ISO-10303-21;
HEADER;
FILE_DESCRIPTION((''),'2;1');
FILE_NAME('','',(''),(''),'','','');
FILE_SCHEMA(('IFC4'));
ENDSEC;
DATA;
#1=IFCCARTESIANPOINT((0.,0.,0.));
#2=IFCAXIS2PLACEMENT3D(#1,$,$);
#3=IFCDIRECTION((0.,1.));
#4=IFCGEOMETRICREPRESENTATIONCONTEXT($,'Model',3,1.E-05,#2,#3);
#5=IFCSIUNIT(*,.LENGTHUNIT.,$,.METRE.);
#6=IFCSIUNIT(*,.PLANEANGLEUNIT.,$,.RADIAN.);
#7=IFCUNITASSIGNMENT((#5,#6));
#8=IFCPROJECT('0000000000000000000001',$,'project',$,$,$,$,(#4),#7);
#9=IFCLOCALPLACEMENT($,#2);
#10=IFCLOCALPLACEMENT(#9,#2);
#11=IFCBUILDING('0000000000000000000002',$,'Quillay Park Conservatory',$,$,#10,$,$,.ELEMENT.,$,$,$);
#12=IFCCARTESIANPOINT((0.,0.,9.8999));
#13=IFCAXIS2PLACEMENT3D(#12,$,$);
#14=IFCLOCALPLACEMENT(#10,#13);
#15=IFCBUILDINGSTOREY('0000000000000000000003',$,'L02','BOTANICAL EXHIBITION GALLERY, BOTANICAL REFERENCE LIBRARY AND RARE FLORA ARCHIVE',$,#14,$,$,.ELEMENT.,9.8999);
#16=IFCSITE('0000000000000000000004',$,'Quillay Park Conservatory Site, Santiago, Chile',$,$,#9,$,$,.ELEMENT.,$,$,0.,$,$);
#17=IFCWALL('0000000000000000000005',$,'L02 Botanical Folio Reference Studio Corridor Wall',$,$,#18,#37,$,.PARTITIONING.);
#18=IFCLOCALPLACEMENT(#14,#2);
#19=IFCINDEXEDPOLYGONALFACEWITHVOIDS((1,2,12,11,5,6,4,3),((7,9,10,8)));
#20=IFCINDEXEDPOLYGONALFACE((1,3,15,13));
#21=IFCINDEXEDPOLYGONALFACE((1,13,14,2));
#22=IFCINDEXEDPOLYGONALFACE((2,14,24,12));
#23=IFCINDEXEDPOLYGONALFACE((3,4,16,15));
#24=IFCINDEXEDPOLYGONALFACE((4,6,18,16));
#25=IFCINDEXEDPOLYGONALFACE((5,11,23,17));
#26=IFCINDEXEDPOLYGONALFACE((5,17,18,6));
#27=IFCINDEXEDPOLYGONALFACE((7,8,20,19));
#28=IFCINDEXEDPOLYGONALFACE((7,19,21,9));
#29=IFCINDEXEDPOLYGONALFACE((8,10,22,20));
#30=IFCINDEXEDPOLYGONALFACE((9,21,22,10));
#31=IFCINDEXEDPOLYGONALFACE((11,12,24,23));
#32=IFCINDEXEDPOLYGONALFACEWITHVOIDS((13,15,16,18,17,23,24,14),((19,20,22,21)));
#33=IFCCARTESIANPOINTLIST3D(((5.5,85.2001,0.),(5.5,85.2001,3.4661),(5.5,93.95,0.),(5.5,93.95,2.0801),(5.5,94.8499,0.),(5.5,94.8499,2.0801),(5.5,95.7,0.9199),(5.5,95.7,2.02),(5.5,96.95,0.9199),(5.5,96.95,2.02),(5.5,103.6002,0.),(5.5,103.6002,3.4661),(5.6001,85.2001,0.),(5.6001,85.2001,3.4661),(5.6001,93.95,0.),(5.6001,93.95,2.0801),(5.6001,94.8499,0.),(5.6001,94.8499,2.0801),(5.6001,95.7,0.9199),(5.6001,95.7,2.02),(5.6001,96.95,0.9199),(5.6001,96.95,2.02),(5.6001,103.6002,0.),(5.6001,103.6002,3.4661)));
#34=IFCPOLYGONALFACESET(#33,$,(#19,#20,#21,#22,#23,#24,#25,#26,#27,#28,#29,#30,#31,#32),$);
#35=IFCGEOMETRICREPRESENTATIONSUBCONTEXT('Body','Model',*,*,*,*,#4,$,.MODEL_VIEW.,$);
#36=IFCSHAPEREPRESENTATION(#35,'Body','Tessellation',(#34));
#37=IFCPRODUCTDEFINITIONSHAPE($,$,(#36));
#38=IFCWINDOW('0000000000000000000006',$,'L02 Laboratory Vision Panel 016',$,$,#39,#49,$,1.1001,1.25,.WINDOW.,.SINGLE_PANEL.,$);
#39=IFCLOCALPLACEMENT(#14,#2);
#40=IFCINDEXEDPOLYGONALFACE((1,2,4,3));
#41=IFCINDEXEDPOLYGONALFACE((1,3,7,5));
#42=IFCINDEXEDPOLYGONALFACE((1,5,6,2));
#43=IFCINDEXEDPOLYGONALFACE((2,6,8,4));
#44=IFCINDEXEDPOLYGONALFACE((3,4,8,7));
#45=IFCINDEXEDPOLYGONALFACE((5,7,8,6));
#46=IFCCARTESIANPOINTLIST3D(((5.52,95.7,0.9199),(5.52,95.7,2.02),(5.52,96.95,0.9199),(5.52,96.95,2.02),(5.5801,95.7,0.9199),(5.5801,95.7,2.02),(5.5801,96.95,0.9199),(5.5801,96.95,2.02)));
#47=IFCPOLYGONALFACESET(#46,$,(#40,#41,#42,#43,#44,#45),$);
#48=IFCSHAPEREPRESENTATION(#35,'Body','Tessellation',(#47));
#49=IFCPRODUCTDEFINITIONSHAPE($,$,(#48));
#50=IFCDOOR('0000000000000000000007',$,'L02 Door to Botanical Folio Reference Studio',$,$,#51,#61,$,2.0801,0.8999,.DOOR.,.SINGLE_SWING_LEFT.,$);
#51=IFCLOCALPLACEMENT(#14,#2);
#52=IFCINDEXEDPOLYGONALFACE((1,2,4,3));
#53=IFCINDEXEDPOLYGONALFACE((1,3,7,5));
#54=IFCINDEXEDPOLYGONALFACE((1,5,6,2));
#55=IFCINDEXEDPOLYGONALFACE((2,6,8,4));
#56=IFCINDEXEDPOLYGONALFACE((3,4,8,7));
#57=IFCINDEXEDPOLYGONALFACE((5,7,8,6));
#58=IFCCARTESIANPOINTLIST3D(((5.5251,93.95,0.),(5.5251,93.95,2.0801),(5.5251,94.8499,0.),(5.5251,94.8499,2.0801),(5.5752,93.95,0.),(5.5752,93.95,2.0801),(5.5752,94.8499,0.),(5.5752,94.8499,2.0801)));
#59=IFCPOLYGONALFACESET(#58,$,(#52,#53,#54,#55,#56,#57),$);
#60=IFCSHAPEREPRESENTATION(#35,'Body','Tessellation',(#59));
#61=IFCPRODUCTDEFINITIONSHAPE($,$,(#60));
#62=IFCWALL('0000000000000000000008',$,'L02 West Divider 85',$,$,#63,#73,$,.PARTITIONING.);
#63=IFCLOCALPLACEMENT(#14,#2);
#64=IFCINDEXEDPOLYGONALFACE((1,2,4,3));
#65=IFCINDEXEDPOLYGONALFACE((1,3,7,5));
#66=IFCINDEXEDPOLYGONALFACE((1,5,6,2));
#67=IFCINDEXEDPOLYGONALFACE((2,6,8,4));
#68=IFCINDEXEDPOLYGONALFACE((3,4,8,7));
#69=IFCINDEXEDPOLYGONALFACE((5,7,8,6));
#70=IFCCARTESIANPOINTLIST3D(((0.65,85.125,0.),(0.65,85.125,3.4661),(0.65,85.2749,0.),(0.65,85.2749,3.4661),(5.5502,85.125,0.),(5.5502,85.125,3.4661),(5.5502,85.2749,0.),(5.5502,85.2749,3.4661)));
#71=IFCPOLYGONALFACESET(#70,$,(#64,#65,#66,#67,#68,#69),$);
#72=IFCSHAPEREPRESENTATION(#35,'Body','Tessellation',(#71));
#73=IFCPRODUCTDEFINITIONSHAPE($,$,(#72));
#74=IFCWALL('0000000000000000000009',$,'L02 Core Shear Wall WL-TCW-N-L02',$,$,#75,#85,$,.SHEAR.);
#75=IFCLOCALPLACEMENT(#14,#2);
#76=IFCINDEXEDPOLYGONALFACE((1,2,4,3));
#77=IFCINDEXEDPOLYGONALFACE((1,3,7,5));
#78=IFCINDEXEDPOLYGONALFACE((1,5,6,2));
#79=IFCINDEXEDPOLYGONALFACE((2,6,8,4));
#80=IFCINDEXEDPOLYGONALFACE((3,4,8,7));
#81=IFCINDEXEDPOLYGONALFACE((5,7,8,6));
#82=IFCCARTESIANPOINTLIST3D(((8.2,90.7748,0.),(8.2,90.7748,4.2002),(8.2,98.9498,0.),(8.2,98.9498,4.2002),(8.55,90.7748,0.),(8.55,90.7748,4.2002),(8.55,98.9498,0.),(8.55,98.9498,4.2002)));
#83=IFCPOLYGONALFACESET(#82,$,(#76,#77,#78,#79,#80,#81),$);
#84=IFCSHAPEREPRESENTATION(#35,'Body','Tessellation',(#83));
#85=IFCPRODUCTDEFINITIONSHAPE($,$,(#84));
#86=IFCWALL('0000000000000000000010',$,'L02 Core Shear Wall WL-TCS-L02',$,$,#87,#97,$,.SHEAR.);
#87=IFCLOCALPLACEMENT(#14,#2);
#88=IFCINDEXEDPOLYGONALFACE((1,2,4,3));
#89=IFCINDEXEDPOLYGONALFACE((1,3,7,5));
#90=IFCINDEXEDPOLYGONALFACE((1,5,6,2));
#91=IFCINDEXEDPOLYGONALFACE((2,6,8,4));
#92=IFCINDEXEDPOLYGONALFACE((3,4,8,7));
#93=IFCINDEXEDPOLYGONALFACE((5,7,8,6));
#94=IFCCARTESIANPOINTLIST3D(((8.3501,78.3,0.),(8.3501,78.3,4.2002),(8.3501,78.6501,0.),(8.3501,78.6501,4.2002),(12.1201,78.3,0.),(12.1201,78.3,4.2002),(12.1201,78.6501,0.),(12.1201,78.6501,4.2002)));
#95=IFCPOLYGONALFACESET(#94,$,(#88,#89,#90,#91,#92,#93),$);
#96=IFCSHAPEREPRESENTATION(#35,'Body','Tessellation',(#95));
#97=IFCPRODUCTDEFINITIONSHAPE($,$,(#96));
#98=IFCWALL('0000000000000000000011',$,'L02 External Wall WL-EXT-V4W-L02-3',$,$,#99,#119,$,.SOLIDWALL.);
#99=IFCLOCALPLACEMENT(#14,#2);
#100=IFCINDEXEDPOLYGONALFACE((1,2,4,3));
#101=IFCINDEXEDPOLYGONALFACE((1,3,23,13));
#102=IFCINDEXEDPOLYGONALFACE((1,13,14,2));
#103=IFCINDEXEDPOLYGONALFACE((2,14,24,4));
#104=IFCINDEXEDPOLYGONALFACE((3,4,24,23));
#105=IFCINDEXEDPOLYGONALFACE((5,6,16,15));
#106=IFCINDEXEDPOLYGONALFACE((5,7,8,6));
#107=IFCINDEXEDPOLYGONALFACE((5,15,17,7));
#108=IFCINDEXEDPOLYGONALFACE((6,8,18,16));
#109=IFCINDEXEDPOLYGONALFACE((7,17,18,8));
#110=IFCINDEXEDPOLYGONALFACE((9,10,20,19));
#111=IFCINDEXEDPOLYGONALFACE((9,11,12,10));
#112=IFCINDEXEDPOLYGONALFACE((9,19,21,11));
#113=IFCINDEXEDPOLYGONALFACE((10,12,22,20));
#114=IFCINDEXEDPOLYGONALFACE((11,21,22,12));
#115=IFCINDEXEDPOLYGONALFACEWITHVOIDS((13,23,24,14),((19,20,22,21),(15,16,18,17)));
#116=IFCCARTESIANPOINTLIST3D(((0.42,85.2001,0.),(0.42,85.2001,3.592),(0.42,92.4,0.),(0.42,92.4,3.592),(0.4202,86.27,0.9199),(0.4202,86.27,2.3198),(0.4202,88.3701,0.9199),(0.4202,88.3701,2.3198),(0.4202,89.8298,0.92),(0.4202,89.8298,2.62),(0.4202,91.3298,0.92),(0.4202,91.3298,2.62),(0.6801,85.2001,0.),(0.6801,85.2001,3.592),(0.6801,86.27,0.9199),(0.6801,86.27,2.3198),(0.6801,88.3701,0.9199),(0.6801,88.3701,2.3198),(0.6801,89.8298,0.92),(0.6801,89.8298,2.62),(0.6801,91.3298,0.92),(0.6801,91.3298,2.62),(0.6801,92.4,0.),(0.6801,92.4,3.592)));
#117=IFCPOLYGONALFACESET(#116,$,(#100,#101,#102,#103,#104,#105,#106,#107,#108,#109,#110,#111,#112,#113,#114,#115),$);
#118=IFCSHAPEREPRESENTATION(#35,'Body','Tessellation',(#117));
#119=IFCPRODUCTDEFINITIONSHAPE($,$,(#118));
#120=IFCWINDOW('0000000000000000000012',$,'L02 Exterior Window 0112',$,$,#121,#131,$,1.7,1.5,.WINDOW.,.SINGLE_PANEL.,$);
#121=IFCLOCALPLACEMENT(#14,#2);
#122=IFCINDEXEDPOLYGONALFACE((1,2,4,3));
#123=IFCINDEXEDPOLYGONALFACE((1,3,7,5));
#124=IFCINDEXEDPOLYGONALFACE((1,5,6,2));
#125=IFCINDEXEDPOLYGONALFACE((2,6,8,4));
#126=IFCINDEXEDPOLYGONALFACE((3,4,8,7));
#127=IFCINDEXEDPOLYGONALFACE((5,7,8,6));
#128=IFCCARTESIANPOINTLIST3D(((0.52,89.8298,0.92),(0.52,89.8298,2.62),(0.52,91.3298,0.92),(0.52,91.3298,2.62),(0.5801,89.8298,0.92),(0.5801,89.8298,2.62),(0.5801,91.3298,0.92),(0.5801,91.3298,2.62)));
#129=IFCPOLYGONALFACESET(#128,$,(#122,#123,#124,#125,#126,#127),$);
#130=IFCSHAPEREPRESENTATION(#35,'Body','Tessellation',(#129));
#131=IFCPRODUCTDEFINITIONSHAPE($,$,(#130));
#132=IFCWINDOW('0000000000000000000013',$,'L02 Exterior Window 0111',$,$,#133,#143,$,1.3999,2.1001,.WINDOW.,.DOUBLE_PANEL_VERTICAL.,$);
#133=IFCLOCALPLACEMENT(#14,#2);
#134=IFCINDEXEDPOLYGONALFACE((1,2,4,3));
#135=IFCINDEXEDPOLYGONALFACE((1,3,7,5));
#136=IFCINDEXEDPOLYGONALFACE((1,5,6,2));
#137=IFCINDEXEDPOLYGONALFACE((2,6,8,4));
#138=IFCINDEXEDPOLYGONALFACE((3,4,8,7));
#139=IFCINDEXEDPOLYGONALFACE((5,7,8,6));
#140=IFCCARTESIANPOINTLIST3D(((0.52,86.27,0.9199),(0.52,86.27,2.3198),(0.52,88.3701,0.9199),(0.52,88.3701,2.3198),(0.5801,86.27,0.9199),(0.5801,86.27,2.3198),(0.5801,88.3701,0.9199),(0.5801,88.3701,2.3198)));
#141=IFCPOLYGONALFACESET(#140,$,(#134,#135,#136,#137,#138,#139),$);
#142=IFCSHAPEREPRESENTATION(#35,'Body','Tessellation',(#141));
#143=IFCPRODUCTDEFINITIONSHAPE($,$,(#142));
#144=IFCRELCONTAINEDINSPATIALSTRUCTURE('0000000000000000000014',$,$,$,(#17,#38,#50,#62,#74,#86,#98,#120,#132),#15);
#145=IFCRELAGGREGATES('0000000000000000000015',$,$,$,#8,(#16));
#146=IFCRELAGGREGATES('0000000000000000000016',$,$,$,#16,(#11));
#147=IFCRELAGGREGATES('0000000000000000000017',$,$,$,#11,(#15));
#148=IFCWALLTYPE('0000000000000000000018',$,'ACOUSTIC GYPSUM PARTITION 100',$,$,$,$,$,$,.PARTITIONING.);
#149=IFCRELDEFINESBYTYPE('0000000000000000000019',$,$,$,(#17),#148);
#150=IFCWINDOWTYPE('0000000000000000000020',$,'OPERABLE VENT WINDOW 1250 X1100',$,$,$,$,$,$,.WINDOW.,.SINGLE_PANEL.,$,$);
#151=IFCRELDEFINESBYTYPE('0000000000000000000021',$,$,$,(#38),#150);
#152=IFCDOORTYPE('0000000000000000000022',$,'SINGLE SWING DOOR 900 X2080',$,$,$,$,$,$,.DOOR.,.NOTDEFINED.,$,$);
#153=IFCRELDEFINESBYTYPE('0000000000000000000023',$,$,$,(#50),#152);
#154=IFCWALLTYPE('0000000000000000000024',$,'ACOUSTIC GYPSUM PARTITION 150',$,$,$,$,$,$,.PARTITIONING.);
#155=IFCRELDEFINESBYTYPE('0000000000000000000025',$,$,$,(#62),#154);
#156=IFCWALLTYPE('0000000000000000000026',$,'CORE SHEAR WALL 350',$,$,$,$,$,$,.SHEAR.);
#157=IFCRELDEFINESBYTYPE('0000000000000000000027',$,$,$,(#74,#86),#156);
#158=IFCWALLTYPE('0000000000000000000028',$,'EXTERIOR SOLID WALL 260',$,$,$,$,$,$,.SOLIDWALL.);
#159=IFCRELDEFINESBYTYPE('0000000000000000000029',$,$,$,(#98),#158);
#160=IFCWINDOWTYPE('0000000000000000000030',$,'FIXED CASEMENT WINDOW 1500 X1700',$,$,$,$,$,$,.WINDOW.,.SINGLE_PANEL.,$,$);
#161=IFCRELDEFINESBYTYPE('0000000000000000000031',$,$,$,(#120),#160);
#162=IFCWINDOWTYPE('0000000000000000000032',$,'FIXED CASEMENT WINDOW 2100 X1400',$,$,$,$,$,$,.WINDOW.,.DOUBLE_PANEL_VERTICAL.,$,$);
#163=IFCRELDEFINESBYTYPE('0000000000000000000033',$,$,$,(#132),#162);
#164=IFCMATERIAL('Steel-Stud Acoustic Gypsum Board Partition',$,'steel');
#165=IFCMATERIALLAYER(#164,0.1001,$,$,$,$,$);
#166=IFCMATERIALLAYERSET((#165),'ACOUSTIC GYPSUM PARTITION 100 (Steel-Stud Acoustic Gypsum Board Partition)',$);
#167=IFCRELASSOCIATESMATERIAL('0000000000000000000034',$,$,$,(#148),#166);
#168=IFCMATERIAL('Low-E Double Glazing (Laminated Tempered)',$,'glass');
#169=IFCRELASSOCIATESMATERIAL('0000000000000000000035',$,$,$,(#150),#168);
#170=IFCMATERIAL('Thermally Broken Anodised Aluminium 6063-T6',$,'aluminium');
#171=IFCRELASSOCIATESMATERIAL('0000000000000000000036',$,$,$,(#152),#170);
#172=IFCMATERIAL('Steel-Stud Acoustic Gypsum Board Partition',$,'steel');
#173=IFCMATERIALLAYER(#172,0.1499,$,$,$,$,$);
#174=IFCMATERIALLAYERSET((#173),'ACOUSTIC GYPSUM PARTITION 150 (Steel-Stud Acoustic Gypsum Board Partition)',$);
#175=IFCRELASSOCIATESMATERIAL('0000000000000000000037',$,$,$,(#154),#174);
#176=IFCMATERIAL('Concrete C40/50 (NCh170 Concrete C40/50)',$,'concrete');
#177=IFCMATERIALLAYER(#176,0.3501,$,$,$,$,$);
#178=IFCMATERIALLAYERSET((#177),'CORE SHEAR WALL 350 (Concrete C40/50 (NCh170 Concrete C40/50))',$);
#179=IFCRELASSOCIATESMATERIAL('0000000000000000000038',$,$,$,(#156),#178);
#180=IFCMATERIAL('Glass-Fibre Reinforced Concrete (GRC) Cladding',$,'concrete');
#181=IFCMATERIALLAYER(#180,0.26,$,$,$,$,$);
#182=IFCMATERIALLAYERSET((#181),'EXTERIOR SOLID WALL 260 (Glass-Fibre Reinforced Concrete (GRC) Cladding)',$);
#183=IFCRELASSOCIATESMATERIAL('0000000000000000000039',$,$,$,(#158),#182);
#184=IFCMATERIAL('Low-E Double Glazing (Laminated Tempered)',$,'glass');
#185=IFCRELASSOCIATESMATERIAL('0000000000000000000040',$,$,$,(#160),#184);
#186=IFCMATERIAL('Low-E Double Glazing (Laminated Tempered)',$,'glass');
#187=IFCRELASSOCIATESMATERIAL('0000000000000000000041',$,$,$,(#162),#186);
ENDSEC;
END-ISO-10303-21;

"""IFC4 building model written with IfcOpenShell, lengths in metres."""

from ifc_helpers import new_model, si_unit, direction, frame, frame_2d, origin, place, context, subcontext, project, spatial, rectangle, extrude, material, layer, layer_set, type_object, element, fill, save


model = new_model("IFC4")

# Units and contexts
model_context = context("Model", 3, precision=1e-05, world=origin(), true_north=direction((0.0, 1.0)))
body_context = subcontext(model_context, "Body", "Model", "MODEL_VIEW")
ifc_project = project(units=[si_unit("LENGTHUNIT", "METRE"), si_unit("PLANEANGLEUNIT", "RADIAN")], contexts=[model_context])

# Site, building, storey
site_placement = place(None, origin())
site = spatial("IfcSite", under=ifc_project, at=site_placement, Name="Quillay Park Conservatory Site, Santiago, Chile", CompositionType="ELEMENT", RefElevation=0.0)
building_placement = place(site_placement, origin())
building = spatial("IfcBuilding", under=site, at=building_placement, Name="Quillay Park Conservatory", CompositionType="ELEMENT")
storey_placement = place(building_placement, frame((0.0, 0.0, 9.8999)))
storey = spatial("IfcBuildingStorey", under=building, at=storey_placement, Name="L02", Description="BOTANICAL EXHIBITION GALLERY, BOTANICAL REFERENCE LIBRARY AND RARE FLORA ARCHIVE", CompositionType="ELEMENT", Elevation=9.8999)

# Wall, openings, window, door
ifc_material_1 = material(Name="Steel-Stud Acoustic Gypsum Board Partition", Category="steel")
ifc_layer_1 = layer(ifc_material_1, 0.1001)
ifc_layer_set_1 = layer_set([ifc_layer_1], Name="ACOUSTIC GYPSUM PARTITION 100 (Steel-Stud Acoustic Gypsum Board Partition)")
wall_type_1 = type_object("IfcWallType", Name="ACOUSTIC GYPSUM PARTITION 100", PredefinedType="PARTITIONING", material=ifc_layer_set_1)
wall_1_placement = place(storey_placement, frame((5.55, 85.2, 0.0), z_axis=(0.0, 0.0, 1.0), x_axis=(0.0, 1.0, 0.0)))
wall_1 = element("IfcWall", 1, at=wall_1_placement, inside=storey, type_object=wall_type_1, Name="L02 Botanical Folio Reference Studio Corridor Wall", PredefinedType="PARTITIONING", context=body_context, shape_type="SweptSolid", body=[
    extrude(rectangle(XDim=18.4001, YDim=0.1001, at=frame_2d((9.2002, 0.0))), origin(), (0.0, 0.0, 1.0), 3.4661),
])
opening_1_placement = place(wall_1_placement, frame((8.75, 0.0, 0.0)))
opening_1 = element("IfcOpeningElement", 2, at=opening_1_placement, cuts=wall_1, PredefinedType="OPENING", context=body_context, shape_type="SweptSolid", body=[
    extrude(rectangle(XDim=0.8999, YDim=2.0801, at=frame_2d((0.45, 1.04))), frame((0.0, 0.05, 0.0), z_axis=(0.0, -1.0, 0.0), x_axis=(1.0, 0.0, 0.0)), (0.0, 0.0, 1.0), 0.1001),
])
opening_2_placement = place(wall_1_placement, frame((10.5, 0.0, 0.9199)))
opening_2 = element("IfcOpeningElement", 3, at=opening_2_placement, cuts=wall_1, PredefinedType="OPENING", context=body_context, shape_type="SweptSolid", body=[
    extrude(rectangle(XDim=1.25, YDim=1.1001, at=frame_2d((0.625, 0.55))), frame((0.0, 0.05, 0.0), z_axis=(0.0, -1.0, 0.0), x_axis=(1.0, 0.0, 0.0)), (0.0, 0.0, 1.0), 0.1001),
])
ifc_material_2 = material(Name="Low-E Double Glazing (Laminated Tempered)", Category="glass")
window_type_1 = type_object("IfcWindowType", Name="OPERABLE VENT WINDOW 1250 X1100", PartitioningType="SINGLE_PANEL", PredefinedType="WINDOW", material=ifc_material_2)
window_1_placement = place(opening_2_placement, origin())
window_1 = element("IfcWindow", 4, at=window_1_placement, inside=storey, type_object=window_type_1, Name="L02 Laboratory Vision Panel 016", OverallHeight=1.1001, OverallWidth=1.25, PartitioningType="SINGLE_PANEL", PredefinedType="WINDOW", context=body_context, shape_type="SweptSolid", body=[
    extrude(rectangle(XDim=1.25, YDim=1.1001, at=frame_2d((0.625, 0.55))), frame((0.0, 0.03, 0.0), z_axis=(0.0, -1.0, 0.0), x_axis=(1.0, 0.0, 0.0)), (0.0, 0.0, 1.0), 0.0601),
])
fill(opening_2, window_1)
ifc_material_3 = material(Name="Thermally Broken Anodised Aluminium 6063-T6", Category="aluminium")
door_type_1 = type_object("IfcDoorType", Name="SINGLE SWING DOOR 900 X2080", OperationType="NOTDEFINED", PredefinedType="DOOR", material=ifc_material_3)
door_1_placement = place(opening_1_placement, origin())
door_1 = element("IfcDoor", 5, at=door_1_placement, inside=storey, type_object=door_type_1, Name="L02 Door to Botanical Folio Reference Studio", OperationType="SINGLE_SWING_LEFT", OverallHeight=2.0801, OverallWidth=0.8999, PredefinedType="DOOR", context=body_context, shape_type="SweptSolid", body=[
    extrude(rectangle(XDim=0.8999, YDim=2.0801, at=frame_2d((0.45, 1.04))), frame((0.0, 0.0249, 0.0), z_axis=(0.0, -1.0, 0.0), x_axis=(1.0, 0.0, 0.0)), (0.0, 0.0, 1.0), 0.05),
])
fill(opening_1, door_1)

# Wall
ifc_material_4 = material(Name="Steel-Stud Acoustic Gypsum Board Partition", Category="steel")
ifc_layer_2 = layer(ifc_material_4, 0.1499)
ifc_layer_set_2 = layer_set([ifc_layer_2], Name="ACOUSTIC GYPSUM PARTITION 150 (Steel-Stud Acoustic Gypsum Board Partition)")
wall_type_2 = type_object("IfcWallType", Name="ACOUSTIC GYPSUM PARTITION 150", PredefinedType="PARTITIONING", material=ifc_layer_set_2)
wall_2_placement = place(storey_placement, frame((0.6499, 85.2, 0.0), z_axis=(0.0, 0.0, 1.0), x_axis=(1.0, 0.0, 0.0)))
element("IfcWall", 6, at=wall_2_placement, inside=storey, type_object=wall_type_2, Name="L02 West Divider 85", PredefinedType="PARTITIONING", context=body_context, shape_type="SweptSolid", body=[
    extrude(rectangle(XDim=4.9001, YDim=0.1499, at=frame_2d((2.4502, 0.0))), origin(), (0.0, 0.0, 1.0), 3.4661),
])

# Walls
ifc_material_5 = material(Name="Concrete C40/50 (NCh170 Concrete C40/50)", Category="concrete")
ifc_layer_3 = layer(ifc_material_5, 0.3501)
ifc_layer_set_3 = layer_set([ifc_layer_3], Name="CORE SHEAR WALL 350 (Concrete C40/50 (NCh170 Concrete C40/50))")
wall_type_3 = type_object("IfcWallType", Name="CORE SHEAR WALL 350", PredefinedType="SHEAR", material=ifc_layer_set_3)
wall_3_placement = place(storey_placement, frame((8.375, 90.7749, 0.0), z_axis=(0.0, 0.0, 1.0), x_axis=(0.0, 1.0, 0.0)))
element("IfcWall", 7, at=wall_3_placement, inside=storey, type_object=wall_type_3, Name="L02 Core Shear Wall WL-TCW-N-L02", PredefinedType="SHEAR", context=body_context, shape_type="SweptSolid", body=[
    extrude(rectangle(XDim=8.175, YDim=0.3501, at=frame_2d((4.0874, 0.0))), origin(), (0.0, 0.0, 1.0), 4.2002),
])
wall_4_placement = place(storey_placement, frame((8.3501, 78.4751, 0.0), z_axis=(0.0, 0.0, 1.0), x_axis=(1.0, 0.0, 0.0)))
element("IfcWall", 8, at=wall_4_placement, inside=storey, type_object=wall_type_3, Name="L02 Core Shear Wall WL-TCS-L02", PredefinedType="SHEAR", context=body_context, shape_type="SweptSolid", body=[
    extrude(rectangle(XDim=3.77, YDim=0.3501, at=frame_2d((1.885, 0.0))), origin(), (0.0, 0.0, 1.0), 4.2002),
])

# Wall, openings, windows
ifc_material_6 = material(Name="Glass-Fibre Reinforced Concrete (GRC) Cladding", Category="concrete")
ifc_layer_4 = layer(ifc_material_6, 0.26)
ifc_layer_set_4 = layer_set([ifc_layer_4], Name="EXTERIOR SOLID WALL 260 (Glass-Fibre Reinforced Concrete (GRC) Cladding)")
wall_type_4 = type_object("IfcWallType", Name="EXTERIOR SOLID WALL 260", PredefinedType="SOLIDWALL", material=ifc_layer_set_4)
wall_5_placement = place(storey_placement, frame((0.55, 85.2, 0.0), z_axis=(0.0, 0.0, 1.0), x_axis=(0.0, 1.0, 0.0)))
wall_5 = element("IfcWall", 9, at=wall_5_placement, inside=storey, type_object=wall_type_4, Name="L02 External Wall WL-EXT-V4W-L02-3", PredefinedType="SOLIDWALL", context=body_context, shape_type="SweptSolid", body=[
    extrude(rectangle(XDim=7.2, YDim=0.26, at=frame_2d((3.6001, 0.0))), origin(), (0.0, 0.0, 1.0), 3.592),
])
opening_3_placement = place(wall_5_placement, frame((1.0701, 0.0, 0.9199)))
opening_3 = element("IfcOpeningElement", 10, at=opening_3_placement, cuts=wall_5, PredefinedType="OPENING", context=body_context, shape_type="SweptSolid", body=[
    extrude(rectangle(XDim=2.1001, YDim=1.3999, at=frame_2d((1.05, 0.7))), frame((0.0, 0.1299, 0.0), z_axis=(0.0, -1.0, 0.0), x_axis=(1.0, 0.0, 0.0)), (0.0, 0.0, 1.0), 0.26),
])
opening_4_placement = place(wall_5_placement, frame((4.6299, 0.0, 0.9199)))
opening_4 = element("IfcOpeningElement", 11, at=opening_4_placement, cuts=wall_5, PredefinedType="OPENING", context=body_context, shape_type="SweptSolid", body=[
    extrude(rectangle(XDim=1.5, YDim=1.7, at=frame_2d((0.75, 0.8501))), frame((0.0, 0.1299, 0.0), z_axis=(0.0, -1.0, 0.0), x_axis=(1.0, 0.0, 0.0)), (0.0, 0.0, 1.0), 0.26),
])
ifc_material_7 = material(Name="Low-E Double Glazing (Laminated Tempered)", Category="glass")
window_type_2 = type_object("IfcWindowType", Name="FIXED CASEMENT WINDOW 1500 X1700", PartitioningType="SINGLE_PANEL", PredefinedType="WINDOW", material=ifc_material_7)
window_2_placement = place(opening_4_placement, origin())
window_2 = element("IfcWindow", 12, at=window_2_placement, inside=storey, type_object=window_type_2, Name="L02 Exterior Window 0112", OverallHeight=1.7, OverallWidth=1.5, PartitioningType="SINGLE_PANEL", PredefinedType="WINDOW", context=body_context, shape_type="SweptSolid", body=[
    extrude(rectangle(XDim=1.5, YDim=1.7, at=frame_2d((0.75, 0.8501))), frame((0.0, 0.03, 0.0), z_axis=(0.0, -1.0, 0.0), x_axis=(1.0, 0.0, 0.0)), (0.0, 0.0, 1.0), 0.0601),
])
fill(opening_4, window_2)
ifc_material_8 = material(Name="Low-E Double Glazing (Laminated Tempered)", Category="glass")
window_type_3 = type_object("IfcWindowType", Name="FIXED CASEMENT WINDOW 2100 X1400", PartitioningType="DOUBLE_PANEL_VERTICAL", PredefinedType="WINDOW", material=ifc_material_8)
window_3_placement = place(opening_3_placement, origin())
window_3 = element("IfcWindow", 13, at=window_3_placement, inside=storey, type_object=window_type_3, Name="L02 Exterior Window 0111", OverallHeight=1.3999, OverallWidth=2.1001, PartitioningType="DOUBLE_PANEL_VERTICAL", PredefinedType="WINDOW", context=body_context, shape_type="SweptSolid", body=[
    extrude(rectangle(XDim=2.1001, YDim=1.3999, at=frame_2d((1.05, 0.7))), frame((0.0, 0.03, 0.0), z_axis=(0.0, -1.0, 0.0), x_axis=(1.0, 0.0, 0.0)), (0.0, 0.0, 1.0), 0.0601),
])
fill(opening_3, window_3)

save(model, "model.ifc")
